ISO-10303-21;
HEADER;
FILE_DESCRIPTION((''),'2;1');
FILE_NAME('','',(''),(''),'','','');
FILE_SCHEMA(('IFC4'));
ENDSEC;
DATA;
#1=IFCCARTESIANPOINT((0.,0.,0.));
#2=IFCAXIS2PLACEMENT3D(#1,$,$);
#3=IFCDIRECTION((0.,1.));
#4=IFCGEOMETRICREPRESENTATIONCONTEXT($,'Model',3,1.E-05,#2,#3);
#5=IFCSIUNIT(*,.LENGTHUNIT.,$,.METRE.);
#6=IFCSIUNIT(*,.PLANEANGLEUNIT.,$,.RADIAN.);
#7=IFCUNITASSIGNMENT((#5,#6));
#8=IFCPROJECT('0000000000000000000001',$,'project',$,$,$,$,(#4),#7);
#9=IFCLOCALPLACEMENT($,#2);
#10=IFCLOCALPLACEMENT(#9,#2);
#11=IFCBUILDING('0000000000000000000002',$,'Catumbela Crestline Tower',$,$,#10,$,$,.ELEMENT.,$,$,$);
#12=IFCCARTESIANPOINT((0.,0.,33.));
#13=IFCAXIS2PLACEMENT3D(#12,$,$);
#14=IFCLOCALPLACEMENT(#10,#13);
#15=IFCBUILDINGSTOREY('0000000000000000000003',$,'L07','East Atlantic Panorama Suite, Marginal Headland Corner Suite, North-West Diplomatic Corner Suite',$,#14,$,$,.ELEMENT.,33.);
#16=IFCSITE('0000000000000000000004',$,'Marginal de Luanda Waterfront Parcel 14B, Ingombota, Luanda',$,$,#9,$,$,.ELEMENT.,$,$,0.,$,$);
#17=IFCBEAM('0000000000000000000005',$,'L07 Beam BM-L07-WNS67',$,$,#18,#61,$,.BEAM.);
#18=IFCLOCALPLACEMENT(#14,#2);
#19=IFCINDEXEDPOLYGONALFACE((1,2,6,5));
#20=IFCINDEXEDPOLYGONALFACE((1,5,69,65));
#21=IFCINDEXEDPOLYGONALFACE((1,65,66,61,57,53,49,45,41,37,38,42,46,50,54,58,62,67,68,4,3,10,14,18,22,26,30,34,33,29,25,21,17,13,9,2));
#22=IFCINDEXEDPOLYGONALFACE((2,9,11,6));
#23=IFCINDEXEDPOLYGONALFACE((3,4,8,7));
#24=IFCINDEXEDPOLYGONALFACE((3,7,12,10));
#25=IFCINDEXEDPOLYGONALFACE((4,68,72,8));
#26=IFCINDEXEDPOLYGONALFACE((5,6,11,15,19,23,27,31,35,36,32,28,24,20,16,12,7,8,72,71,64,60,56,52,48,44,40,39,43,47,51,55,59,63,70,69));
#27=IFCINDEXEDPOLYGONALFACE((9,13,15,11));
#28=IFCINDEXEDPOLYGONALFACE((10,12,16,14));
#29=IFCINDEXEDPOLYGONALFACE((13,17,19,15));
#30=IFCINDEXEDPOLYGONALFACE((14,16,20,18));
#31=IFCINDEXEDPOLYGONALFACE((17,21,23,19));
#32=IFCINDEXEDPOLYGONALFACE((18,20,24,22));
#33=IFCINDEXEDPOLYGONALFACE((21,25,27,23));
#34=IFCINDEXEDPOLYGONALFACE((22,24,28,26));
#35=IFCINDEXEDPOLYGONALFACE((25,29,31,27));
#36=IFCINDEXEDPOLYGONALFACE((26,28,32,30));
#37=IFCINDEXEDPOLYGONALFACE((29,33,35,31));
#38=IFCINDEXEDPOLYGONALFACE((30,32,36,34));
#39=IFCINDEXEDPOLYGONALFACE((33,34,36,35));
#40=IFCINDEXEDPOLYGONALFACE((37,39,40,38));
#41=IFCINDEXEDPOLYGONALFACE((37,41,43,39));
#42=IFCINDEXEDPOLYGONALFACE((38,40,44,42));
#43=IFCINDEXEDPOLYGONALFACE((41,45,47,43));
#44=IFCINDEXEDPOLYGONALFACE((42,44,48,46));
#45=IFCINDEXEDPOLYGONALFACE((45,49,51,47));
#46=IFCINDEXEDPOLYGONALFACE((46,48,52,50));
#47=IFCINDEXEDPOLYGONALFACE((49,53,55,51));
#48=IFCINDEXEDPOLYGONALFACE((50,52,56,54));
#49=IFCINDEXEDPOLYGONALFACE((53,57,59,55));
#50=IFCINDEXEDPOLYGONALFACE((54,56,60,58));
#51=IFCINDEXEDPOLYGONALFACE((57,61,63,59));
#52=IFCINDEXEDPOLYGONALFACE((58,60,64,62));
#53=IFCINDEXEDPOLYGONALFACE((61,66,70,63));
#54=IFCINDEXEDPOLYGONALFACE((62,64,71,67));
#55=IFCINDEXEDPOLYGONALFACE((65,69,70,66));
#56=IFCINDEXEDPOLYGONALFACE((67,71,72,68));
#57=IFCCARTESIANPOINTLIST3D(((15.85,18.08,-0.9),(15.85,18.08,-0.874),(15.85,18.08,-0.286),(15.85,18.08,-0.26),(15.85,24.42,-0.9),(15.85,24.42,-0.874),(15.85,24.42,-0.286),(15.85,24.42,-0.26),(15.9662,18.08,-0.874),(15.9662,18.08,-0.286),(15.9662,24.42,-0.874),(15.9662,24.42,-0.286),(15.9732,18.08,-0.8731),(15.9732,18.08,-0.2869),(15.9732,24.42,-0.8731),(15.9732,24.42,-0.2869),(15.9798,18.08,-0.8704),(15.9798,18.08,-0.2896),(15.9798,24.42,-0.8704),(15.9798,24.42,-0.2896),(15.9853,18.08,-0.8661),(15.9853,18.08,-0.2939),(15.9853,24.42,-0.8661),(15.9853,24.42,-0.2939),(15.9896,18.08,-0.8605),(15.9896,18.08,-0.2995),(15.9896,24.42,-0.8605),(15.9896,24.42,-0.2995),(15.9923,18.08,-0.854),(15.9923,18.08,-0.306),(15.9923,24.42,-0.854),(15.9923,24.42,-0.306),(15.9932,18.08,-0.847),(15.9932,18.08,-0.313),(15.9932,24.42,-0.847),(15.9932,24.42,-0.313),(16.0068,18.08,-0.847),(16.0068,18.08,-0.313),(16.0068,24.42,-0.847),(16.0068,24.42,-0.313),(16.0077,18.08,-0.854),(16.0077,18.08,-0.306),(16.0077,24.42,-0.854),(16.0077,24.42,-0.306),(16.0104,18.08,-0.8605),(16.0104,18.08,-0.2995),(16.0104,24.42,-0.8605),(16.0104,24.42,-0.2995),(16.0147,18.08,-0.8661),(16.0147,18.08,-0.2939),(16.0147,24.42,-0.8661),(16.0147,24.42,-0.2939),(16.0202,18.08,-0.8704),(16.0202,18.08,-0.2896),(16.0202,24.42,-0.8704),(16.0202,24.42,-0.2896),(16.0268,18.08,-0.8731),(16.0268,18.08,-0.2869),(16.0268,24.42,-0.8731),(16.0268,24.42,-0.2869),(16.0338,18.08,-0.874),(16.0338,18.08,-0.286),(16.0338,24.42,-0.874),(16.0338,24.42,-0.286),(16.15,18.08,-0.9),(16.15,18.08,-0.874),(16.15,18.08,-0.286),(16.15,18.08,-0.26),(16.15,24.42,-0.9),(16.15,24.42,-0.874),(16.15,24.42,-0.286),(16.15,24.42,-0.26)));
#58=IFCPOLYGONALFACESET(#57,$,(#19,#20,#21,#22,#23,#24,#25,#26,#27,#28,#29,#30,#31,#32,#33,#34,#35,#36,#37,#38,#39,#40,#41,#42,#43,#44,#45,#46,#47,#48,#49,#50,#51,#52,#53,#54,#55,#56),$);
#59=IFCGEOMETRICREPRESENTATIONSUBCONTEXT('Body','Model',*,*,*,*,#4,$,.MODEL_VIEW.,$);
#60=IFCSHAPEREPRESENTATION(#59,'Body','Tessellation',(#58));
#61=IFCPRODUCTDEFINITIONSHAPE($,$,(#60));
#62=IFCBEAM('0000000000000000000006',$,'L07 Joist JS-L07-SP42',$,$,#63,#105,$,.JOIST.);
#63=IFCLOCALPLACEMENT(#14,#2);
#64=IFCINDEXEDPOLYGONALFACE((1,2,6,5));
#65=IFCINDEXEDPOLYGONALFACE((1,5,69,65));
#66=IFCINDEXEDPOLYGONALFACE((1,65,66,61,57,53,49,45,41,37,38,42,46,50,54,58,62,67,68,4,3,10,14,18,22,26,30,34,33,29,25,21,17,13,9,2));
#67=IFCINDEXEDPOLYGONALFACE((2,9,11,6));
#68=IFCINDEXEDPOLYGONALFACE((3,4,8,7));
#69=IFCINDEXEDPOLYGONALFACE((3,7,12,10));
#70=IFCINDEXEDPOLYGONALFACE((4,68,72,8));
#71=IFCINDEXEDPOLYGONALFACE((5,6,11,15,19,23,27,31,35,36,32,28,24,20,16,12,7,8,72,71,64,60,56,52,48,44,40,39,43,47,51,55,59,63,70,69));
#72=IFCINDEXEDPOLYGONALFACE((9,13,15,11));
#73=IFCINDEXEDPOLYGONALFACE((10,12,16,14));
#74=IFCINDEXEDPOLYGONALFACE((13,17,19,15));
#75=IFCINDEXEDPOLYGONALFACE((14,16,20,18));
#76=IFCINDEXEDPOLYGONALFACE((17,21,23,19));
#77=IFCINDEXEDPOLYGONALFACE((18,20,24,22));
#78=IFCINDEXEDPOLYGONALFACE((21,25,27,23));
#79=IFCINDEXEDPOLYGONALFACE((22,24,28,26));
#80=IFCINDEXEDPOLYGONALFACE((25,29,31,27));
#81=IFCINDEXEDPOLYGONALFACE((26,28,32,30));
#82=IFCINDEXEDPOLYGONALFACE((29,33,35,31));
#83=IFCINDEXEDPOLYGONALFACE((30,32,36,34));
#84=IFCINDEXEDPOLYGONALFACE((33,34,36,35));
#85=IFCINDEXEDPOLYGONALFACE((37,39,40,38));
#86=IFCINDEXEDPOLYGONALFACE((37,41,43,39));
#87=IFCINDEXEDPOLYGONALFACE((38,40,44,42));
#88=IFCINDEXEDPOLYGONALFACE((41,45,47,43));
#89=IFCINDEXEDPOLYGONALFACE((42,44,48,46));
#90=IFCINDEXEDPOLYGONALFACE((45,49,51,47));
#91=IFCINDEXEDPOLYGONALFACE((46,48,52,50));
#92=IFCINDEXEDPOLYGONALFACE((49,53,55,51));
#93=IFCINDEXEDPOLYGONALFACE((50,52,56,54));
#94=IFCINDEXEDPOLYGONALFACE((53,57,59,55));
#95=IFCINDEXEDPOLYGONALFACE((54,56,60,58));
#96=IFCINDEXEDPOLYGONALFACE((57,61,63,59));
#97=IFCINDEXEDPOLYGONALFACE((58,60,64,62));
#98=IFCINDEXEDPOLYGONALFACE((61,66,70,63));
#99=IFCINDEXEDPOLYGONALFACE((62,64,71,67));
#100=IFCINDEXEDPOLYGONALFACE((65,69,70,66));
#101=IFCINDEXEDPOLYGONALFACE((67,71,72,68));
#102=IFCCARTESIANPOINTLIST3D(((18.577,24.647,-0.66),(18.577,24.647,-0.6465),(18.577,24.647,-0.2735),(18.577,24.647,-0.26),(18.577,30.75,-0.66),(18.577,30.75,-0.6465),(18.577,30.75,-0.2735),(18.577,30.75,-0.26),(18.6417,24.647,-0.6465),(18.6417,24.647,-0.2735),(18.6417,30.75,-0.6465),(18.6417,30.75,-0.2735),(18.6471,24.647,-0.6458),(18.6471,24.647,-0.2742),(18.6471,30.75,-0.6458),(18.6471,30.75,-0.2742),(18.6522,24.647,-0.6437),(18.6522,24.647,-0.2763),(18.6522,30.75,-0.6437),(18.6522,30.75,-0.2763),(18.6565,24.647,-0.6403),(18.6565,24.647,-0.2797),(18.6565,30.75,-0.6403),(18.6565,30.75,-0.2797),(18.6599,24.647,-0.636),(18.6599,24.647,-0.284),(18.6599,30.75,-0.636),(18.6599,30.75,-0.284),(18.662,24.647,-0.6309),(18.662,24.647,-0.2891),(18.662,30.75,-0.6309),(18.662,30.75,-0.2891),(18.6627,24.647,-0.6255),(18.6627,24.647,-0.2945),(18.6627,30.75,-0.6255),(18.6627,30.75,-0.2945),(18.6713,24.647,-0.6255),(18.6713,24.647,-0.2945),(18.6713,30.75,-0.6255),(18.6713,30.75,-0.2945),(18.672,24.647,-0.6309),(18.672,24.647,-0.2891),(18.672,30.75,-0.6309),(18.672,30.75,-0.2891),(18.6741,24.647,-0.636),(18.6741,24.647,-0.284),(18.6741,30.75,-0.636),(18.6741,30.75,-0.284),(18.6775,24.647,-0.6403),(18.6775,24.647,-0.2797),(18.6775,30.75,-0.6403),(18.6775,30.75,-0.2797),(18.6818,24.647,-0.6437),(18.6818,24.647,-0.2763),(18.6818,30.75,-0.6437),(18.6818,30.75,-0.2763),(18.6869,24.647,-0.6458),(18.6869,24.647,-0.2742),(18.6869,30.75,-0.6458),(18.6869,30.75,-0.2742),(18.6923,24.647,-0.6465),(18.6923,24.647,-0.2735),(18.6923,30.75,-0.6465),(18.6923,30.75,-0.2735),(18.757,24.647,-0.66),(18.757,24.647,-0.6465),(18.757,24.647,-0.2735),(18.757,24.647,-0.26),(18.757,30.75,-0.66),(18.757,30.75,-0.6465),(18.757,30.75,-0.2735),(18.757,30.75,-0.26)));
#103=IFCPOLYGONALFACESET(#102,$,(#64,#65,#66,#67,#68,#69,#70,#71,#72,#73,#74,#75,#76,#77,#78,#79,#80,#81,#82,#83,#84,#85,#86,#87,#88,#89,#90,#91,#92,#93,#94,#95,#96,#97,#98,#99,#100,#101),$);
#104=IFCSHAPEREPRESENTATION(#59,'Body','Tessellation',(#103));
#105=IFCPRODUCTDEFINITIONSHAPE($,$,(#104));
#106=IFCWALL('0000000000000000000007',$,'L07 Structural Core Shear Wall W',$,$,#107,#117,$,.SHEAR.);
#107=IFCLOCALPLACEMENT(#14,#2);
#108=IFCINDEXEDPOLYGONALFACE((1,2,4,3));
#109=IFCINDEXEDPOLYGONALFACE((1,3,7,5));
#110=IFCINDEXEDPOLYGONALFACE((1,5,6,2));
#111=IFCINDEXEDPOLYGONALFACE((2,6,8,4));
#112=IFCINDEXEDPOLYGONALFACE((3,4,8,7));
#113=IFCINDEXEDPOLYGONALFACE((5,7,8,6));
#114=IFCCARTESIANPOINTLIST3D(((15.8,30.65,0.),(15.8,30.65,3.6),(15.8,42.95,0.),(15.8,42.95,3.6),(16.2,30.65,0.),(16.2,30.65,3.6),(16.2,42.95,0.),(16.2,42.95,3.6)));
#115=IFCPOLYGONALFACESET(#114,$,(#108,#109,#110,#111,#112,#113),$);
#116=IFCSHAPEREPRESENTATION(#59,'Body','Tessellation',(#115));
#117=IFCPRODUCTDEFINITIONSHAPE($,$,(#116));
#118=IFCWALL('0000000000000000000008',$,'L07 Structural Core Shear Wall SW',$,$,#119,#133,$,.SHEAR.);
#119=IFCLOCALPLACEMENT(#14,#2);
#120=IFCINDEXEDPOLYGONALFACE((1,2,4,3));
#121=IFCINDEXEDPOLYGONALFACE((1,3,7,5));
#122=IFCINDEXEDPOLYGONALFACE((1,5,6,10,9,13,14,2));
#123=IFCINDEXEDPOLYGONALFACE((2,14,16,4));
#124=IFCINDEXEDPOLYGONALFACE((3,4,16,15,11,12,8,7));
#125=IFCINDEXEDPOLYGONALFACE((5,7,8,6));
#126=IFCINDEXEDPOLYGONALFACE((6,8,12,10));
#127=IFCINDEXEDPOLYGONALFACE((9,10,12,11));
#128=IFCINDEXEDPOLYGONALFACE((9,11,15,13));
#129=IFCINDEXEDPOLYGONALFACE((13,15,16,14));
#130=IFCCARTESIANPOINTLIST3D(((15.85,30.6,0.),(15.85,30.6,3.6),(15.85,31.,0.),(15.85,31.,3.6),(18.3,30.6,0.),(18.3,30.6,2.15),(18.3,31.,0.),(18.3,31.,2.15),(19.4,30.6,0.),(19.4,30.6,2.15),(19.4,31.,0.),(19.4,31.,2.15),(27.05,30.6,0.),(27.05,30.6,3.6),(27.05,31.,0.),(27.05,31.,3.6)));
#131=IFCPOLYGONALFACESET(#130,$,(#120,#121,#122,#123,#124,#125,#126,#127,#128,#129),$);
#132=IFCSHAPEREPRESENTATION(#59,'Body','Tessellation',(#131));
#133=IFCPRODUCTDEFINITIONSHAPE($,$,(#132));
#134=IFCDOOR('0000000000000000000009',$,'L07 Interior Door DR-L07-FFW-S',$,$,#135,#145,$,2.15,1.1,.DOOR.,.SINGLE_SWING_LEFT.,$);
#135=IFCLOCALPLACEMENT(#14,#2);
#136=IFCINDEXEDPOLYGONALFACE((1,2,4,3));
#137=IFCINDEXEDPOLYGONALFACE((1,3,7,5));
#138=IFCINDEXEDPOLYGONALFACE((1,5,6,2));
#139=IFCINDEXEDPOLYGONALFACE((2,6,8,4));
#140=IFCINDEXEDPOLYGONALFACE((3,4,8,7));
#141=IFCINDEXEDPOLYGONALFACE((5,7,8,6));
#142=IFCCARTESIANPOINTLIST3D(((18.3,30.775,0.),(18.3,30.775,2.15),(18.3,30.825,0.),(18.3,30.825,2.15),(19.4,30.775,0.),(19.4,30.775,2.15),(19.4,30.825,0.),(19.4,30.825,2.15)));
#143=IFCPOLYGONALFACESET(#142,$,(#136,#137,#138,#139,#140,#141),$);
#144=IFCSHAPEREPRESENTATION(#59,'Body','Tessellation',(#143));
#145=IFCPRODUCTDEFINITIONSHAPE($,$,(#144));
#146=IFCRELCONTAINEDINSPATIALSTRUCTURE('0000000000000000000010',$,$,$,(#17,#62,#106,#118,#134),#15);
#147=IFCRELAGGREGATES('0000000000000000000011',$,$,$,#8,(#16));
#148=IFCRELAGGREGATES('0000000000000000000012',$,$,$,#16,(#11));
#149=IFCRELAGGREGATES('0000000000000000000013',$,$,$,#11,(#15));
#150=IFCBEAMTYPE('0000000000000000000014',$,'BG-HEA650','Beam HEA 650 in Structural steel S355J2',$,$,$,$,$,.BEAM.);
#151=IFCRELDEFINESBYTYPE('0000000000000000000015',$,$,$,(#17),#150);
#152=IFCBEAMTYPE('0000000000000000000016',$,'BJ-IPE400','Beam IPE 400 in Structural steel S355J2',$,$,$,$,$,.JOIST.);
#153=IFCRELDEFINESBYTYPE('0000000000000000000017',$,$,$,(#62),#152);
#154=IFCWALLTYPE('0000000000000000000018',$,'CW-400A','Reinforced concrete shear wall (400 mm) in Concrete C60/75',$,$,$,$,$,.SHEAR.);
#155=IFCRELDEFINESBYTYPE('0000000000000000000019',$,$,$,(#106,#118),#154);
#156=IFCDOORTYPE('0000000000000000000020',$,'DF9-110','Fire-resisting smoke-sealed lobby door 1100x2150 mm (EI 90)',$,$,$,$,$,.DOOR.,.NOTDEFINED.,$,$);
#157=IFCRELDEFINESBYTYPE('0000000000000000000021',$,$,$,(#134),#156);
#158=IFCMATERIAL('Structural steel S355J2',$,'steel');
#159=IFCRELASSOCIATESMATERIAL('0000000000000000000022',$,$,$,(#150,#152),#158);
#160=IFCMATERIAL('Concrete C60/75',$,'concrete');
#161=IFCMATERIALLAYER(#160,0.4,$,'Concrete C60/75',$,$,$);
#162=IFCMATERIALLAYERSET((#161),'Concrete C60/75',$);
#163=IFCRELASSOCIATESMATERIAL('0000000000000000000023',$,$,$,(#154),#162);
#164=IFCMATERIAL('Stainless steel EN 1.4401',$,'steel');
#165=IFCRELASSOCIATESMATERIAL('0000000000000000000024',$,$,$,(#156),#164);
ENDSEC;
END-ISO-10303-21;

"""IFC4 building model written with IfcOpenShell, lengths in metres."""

from ifc_helpers import new_model, si_unit, direction, frame, frame_2d, origin, origin_2d, place, context, subcontext, project, spatial, rectangle, i_section, extrude, material, layer, layer_set, material_profile, profile_set, type_object, element, fill, save


model = new_model("IFC4")

# Units and contexts
model_context = context("Model", 3, precision=1e-05, world=origin(), true_north=direction((0.0, 1.0)))
body_context = subcontext(model_context, "Body", "Model", "MODEL_VIEW")
ifc_project = project(units=[si_unit("LENGTHUNIT", "METRE"), si_unit("PLANEANGLEUNIT", "RADIAN")], contexts=[model_context])

# Site, building, storey
site_placement = place(None, origin())
site = spatial("IfcSite", under=ifc_project, at=site_placement, Name="Marginal de Luanda Waterfront Parcel 14B, Ingombota, Luanda", CompositionType="ELEMENT", RefElevation=0.0)
building_placement = place(site_placement, origin())
building = spatial("IfcBuilding", under=site, at=building_placement, Name="Catumbela Crestline Tower", CompositionType="ELEMENT")
storey_placement = place(building_placement, frame((0.0, 0.0, 33.0)))
storey = spatial("IfcBuildingStorey", under=building, at=storey_placement, Name="L07", Description="East Atlantic Panorama Suite, Marginal Headland Corner Suite, North-West Diplomatic Corner Suite", CompositionType="ELEMENT", Elevation=33.0)

# Shared definitions
ifc_material_1 = material(Name="Concrete C60/75", Category="concrete")

# Beams
ifc_material_2 = material(Name="Structural steel S355J2", Category="steel")
ifc_material_profile_1 = material_profile(ifc_material_2, i_section(OverallWidth=0.3, OverallDepth=0.64, WebThickness=0.0135, FlangeThickness=0.026, FilletRadius=0.027, at=origin_2d()), Name="HEA 650")
ifc_profile_set_1 = profile_set([ifc_material_profile_1], Name="Structural steel S355J2")
beam_type_1 = type_object("IfcBeamType", Name="BG-HEA650", Description="Beam HEA 650 in Structural steel S355J2", PredefinedType="BEAM", material=ifc_profile_set_1)
beam_1_placement = place(storey_placement, frame((16.0, 18.08, -0.58), z_axis=(0.0, 1.0, 0.0), x_axis=(-1.0, 0.0, 0.0)))
element("IfcBeam", 1, at=beam_1_placement, inside=storey, type_object=beam_type_1, Name="L07 Beam BM-L07-WNS67", PredefinedType="BEAM", context=body_context, shape_type="SweptSolid", body=[
    extrude(i_section(OverallWidth=0.3, OverallDepth=0.64, WebThickness=0.0135, FlangeThickness=0.026, FilletRadius=0.027, at=origin_2d()), origin(), (0.0, 0.0, 1.0), 6.34),
])
ifc_material_profile_2 = material_profile(ifc_material_2, i_section(OverallWidth=0.18, OverallDepth=0.4, WebThickness=0.0086, FlangeThickness=0.0135, FilletRadius=0.021, at=origin_2d()), Name="IPE 400")
ifc_profile_set_2 = profile_set([ifc_material_profile_2], Name="Structural steel S355J2")
beam_type_2 = type_object("IfcBeamType", Name="BJ-IPE400", Description="Beam IPE 400 in Structural steel S355J2", PredefinedType="JOIST", material=ifc_profile_set_2)
beam_2_placement = place(storey_placement, frame((18.667, 24.647, -0.46), z_axis=(0.0, 1.0, 0.0), x_axis=(-1.0, 0.0, 0.0)))
element("IfcBeam", 2, at=beam_2_placement, inside=storey, type_object=beam_type_2, Name="L07 Joist JS-L07-SP42", PredefinedType="JOIST", context=body_context, shape_type="SweptSolid", body=[
    extrude(i_section(OverallWidth=0.18, OverallDepth=0.4, WebThickness=0.0086, FlangeThickness=0.0135, FilletRadius=0.021, at=origin_2d()), origin(), (0.0, 0.0, 1.0), 6.103),
])

# Wall
ifc_layer_1 = layer(ifc_material_1, 0.4, Name="Concrete C60/75")
ifc_layer_set_1 = layer_set([ifc_layer_1], Name="Concrete C60/75")
wall_type_1 = type_object("IfcWallType", Name="CW-400A", Description="Reinforced concrete shear wall (400 mm) in Concrete C60/75", PredefinedType="SHEAR", material=ifc_layer_set_1)
wall_1_placement = place(storey_placement, frame((16.0, 30.65, 0.0), z_axis=(0.0, 0.0, 1.0), x_axis=(0.0, 1.0, 0.0)))
element("IfcWall", 3, at=wall_1_placement, inside=storey, type_object=wall_type_1, Name="L07 Structural Core Shear Wall W", PredefinedType="SHEAR", context=body_context, shape_type="SweptSolid", body=[
    extrude(rectangle(XDim=12.3, YDim=0.4, at=frame_2d((6.15, 0.0))), origin(), (0.0, 0.0, 1.0), 3.6),
])

# Wall, opening, door
wall_2_placement = place(storey_placement, frame((15.85, 30.8, 0.0), z_axis=(0.0, 0.0, 1.0), x_axis=(1.0, 0.0, 0.0)))
wall_2 = element("IfcWall", 4, at=wall_2_placement, inside=storey, type_object=wall_type_1, Name="L07 Structural Core Shear Wall SW", PredefinedType="SHEAR", context=body_context, shape_type="SweptSolid", body=[
    extrude(rectangle(XDim=11.2, YDim=0.4, at=frame_2d((5.6, 0.0))), origin(), (0.0, 0.0, 1.0), 3.6),
])
opening_1_placement = place(wall_2_placement, frame((2.45, 0.0, 0.0)))
opening_1 = element("IfcOpeningElement", 5, at=opening_1_placement, cuts=wall_2, PredefinedType="OPENING", context=body_context, shape_type="SweptSolid", body=[
    extrude(rectangle(XDim=1.1, YDim=2.15, at=frame_2d((0.55, 1.075))), frame((0.0, 0.21, 0.0), z_axis=(0.0, -1.0, 0.0), x_axis=(1.0, 0.0, 0.0)), (0.0, 0.0, 1.0), 0.42),
])
ifc_material_3 = material(Name="Stainless steel EN 1.4401", Category="steel")
door_type_1 = type_object("IfcDoorType", Name="DF9-110", Description="Fire-resisting smoke-sealed lobby door 1100x2150 mm (EI 90)", OperationType="NOTDEFINED", PredefinedType="DOOR", material=ifc_material_3)
door_1_placement = place(opening_1_placement, origin())
door_1 = element("IfcDoor", 6, at=door_1_placement, inside=storey, type_object=door_type_1, Name="L07 Interior Door DR-L07-FFW-S", OperationType="SINGLE_SWING_LEFT", OverallHeight=2.15, OverallWidth=1.1, PredefinedType="DOOR", context=body_context, shape_type="SweptSolid", body=[
    extrude(rectangle(XDim=1.1, YDim=2.15, at=frame_2d((0.55, 1.075))), frame((0.0, 0.025, 0.0), z_axis=(0.0, -1.0, 0.0), x_axis=(1.0, 0.0, 0.0)), (0.0, 0.0, 1.0), 0.05),
])
fill(opening_1, door_1)

save(model, "model.ifc")
